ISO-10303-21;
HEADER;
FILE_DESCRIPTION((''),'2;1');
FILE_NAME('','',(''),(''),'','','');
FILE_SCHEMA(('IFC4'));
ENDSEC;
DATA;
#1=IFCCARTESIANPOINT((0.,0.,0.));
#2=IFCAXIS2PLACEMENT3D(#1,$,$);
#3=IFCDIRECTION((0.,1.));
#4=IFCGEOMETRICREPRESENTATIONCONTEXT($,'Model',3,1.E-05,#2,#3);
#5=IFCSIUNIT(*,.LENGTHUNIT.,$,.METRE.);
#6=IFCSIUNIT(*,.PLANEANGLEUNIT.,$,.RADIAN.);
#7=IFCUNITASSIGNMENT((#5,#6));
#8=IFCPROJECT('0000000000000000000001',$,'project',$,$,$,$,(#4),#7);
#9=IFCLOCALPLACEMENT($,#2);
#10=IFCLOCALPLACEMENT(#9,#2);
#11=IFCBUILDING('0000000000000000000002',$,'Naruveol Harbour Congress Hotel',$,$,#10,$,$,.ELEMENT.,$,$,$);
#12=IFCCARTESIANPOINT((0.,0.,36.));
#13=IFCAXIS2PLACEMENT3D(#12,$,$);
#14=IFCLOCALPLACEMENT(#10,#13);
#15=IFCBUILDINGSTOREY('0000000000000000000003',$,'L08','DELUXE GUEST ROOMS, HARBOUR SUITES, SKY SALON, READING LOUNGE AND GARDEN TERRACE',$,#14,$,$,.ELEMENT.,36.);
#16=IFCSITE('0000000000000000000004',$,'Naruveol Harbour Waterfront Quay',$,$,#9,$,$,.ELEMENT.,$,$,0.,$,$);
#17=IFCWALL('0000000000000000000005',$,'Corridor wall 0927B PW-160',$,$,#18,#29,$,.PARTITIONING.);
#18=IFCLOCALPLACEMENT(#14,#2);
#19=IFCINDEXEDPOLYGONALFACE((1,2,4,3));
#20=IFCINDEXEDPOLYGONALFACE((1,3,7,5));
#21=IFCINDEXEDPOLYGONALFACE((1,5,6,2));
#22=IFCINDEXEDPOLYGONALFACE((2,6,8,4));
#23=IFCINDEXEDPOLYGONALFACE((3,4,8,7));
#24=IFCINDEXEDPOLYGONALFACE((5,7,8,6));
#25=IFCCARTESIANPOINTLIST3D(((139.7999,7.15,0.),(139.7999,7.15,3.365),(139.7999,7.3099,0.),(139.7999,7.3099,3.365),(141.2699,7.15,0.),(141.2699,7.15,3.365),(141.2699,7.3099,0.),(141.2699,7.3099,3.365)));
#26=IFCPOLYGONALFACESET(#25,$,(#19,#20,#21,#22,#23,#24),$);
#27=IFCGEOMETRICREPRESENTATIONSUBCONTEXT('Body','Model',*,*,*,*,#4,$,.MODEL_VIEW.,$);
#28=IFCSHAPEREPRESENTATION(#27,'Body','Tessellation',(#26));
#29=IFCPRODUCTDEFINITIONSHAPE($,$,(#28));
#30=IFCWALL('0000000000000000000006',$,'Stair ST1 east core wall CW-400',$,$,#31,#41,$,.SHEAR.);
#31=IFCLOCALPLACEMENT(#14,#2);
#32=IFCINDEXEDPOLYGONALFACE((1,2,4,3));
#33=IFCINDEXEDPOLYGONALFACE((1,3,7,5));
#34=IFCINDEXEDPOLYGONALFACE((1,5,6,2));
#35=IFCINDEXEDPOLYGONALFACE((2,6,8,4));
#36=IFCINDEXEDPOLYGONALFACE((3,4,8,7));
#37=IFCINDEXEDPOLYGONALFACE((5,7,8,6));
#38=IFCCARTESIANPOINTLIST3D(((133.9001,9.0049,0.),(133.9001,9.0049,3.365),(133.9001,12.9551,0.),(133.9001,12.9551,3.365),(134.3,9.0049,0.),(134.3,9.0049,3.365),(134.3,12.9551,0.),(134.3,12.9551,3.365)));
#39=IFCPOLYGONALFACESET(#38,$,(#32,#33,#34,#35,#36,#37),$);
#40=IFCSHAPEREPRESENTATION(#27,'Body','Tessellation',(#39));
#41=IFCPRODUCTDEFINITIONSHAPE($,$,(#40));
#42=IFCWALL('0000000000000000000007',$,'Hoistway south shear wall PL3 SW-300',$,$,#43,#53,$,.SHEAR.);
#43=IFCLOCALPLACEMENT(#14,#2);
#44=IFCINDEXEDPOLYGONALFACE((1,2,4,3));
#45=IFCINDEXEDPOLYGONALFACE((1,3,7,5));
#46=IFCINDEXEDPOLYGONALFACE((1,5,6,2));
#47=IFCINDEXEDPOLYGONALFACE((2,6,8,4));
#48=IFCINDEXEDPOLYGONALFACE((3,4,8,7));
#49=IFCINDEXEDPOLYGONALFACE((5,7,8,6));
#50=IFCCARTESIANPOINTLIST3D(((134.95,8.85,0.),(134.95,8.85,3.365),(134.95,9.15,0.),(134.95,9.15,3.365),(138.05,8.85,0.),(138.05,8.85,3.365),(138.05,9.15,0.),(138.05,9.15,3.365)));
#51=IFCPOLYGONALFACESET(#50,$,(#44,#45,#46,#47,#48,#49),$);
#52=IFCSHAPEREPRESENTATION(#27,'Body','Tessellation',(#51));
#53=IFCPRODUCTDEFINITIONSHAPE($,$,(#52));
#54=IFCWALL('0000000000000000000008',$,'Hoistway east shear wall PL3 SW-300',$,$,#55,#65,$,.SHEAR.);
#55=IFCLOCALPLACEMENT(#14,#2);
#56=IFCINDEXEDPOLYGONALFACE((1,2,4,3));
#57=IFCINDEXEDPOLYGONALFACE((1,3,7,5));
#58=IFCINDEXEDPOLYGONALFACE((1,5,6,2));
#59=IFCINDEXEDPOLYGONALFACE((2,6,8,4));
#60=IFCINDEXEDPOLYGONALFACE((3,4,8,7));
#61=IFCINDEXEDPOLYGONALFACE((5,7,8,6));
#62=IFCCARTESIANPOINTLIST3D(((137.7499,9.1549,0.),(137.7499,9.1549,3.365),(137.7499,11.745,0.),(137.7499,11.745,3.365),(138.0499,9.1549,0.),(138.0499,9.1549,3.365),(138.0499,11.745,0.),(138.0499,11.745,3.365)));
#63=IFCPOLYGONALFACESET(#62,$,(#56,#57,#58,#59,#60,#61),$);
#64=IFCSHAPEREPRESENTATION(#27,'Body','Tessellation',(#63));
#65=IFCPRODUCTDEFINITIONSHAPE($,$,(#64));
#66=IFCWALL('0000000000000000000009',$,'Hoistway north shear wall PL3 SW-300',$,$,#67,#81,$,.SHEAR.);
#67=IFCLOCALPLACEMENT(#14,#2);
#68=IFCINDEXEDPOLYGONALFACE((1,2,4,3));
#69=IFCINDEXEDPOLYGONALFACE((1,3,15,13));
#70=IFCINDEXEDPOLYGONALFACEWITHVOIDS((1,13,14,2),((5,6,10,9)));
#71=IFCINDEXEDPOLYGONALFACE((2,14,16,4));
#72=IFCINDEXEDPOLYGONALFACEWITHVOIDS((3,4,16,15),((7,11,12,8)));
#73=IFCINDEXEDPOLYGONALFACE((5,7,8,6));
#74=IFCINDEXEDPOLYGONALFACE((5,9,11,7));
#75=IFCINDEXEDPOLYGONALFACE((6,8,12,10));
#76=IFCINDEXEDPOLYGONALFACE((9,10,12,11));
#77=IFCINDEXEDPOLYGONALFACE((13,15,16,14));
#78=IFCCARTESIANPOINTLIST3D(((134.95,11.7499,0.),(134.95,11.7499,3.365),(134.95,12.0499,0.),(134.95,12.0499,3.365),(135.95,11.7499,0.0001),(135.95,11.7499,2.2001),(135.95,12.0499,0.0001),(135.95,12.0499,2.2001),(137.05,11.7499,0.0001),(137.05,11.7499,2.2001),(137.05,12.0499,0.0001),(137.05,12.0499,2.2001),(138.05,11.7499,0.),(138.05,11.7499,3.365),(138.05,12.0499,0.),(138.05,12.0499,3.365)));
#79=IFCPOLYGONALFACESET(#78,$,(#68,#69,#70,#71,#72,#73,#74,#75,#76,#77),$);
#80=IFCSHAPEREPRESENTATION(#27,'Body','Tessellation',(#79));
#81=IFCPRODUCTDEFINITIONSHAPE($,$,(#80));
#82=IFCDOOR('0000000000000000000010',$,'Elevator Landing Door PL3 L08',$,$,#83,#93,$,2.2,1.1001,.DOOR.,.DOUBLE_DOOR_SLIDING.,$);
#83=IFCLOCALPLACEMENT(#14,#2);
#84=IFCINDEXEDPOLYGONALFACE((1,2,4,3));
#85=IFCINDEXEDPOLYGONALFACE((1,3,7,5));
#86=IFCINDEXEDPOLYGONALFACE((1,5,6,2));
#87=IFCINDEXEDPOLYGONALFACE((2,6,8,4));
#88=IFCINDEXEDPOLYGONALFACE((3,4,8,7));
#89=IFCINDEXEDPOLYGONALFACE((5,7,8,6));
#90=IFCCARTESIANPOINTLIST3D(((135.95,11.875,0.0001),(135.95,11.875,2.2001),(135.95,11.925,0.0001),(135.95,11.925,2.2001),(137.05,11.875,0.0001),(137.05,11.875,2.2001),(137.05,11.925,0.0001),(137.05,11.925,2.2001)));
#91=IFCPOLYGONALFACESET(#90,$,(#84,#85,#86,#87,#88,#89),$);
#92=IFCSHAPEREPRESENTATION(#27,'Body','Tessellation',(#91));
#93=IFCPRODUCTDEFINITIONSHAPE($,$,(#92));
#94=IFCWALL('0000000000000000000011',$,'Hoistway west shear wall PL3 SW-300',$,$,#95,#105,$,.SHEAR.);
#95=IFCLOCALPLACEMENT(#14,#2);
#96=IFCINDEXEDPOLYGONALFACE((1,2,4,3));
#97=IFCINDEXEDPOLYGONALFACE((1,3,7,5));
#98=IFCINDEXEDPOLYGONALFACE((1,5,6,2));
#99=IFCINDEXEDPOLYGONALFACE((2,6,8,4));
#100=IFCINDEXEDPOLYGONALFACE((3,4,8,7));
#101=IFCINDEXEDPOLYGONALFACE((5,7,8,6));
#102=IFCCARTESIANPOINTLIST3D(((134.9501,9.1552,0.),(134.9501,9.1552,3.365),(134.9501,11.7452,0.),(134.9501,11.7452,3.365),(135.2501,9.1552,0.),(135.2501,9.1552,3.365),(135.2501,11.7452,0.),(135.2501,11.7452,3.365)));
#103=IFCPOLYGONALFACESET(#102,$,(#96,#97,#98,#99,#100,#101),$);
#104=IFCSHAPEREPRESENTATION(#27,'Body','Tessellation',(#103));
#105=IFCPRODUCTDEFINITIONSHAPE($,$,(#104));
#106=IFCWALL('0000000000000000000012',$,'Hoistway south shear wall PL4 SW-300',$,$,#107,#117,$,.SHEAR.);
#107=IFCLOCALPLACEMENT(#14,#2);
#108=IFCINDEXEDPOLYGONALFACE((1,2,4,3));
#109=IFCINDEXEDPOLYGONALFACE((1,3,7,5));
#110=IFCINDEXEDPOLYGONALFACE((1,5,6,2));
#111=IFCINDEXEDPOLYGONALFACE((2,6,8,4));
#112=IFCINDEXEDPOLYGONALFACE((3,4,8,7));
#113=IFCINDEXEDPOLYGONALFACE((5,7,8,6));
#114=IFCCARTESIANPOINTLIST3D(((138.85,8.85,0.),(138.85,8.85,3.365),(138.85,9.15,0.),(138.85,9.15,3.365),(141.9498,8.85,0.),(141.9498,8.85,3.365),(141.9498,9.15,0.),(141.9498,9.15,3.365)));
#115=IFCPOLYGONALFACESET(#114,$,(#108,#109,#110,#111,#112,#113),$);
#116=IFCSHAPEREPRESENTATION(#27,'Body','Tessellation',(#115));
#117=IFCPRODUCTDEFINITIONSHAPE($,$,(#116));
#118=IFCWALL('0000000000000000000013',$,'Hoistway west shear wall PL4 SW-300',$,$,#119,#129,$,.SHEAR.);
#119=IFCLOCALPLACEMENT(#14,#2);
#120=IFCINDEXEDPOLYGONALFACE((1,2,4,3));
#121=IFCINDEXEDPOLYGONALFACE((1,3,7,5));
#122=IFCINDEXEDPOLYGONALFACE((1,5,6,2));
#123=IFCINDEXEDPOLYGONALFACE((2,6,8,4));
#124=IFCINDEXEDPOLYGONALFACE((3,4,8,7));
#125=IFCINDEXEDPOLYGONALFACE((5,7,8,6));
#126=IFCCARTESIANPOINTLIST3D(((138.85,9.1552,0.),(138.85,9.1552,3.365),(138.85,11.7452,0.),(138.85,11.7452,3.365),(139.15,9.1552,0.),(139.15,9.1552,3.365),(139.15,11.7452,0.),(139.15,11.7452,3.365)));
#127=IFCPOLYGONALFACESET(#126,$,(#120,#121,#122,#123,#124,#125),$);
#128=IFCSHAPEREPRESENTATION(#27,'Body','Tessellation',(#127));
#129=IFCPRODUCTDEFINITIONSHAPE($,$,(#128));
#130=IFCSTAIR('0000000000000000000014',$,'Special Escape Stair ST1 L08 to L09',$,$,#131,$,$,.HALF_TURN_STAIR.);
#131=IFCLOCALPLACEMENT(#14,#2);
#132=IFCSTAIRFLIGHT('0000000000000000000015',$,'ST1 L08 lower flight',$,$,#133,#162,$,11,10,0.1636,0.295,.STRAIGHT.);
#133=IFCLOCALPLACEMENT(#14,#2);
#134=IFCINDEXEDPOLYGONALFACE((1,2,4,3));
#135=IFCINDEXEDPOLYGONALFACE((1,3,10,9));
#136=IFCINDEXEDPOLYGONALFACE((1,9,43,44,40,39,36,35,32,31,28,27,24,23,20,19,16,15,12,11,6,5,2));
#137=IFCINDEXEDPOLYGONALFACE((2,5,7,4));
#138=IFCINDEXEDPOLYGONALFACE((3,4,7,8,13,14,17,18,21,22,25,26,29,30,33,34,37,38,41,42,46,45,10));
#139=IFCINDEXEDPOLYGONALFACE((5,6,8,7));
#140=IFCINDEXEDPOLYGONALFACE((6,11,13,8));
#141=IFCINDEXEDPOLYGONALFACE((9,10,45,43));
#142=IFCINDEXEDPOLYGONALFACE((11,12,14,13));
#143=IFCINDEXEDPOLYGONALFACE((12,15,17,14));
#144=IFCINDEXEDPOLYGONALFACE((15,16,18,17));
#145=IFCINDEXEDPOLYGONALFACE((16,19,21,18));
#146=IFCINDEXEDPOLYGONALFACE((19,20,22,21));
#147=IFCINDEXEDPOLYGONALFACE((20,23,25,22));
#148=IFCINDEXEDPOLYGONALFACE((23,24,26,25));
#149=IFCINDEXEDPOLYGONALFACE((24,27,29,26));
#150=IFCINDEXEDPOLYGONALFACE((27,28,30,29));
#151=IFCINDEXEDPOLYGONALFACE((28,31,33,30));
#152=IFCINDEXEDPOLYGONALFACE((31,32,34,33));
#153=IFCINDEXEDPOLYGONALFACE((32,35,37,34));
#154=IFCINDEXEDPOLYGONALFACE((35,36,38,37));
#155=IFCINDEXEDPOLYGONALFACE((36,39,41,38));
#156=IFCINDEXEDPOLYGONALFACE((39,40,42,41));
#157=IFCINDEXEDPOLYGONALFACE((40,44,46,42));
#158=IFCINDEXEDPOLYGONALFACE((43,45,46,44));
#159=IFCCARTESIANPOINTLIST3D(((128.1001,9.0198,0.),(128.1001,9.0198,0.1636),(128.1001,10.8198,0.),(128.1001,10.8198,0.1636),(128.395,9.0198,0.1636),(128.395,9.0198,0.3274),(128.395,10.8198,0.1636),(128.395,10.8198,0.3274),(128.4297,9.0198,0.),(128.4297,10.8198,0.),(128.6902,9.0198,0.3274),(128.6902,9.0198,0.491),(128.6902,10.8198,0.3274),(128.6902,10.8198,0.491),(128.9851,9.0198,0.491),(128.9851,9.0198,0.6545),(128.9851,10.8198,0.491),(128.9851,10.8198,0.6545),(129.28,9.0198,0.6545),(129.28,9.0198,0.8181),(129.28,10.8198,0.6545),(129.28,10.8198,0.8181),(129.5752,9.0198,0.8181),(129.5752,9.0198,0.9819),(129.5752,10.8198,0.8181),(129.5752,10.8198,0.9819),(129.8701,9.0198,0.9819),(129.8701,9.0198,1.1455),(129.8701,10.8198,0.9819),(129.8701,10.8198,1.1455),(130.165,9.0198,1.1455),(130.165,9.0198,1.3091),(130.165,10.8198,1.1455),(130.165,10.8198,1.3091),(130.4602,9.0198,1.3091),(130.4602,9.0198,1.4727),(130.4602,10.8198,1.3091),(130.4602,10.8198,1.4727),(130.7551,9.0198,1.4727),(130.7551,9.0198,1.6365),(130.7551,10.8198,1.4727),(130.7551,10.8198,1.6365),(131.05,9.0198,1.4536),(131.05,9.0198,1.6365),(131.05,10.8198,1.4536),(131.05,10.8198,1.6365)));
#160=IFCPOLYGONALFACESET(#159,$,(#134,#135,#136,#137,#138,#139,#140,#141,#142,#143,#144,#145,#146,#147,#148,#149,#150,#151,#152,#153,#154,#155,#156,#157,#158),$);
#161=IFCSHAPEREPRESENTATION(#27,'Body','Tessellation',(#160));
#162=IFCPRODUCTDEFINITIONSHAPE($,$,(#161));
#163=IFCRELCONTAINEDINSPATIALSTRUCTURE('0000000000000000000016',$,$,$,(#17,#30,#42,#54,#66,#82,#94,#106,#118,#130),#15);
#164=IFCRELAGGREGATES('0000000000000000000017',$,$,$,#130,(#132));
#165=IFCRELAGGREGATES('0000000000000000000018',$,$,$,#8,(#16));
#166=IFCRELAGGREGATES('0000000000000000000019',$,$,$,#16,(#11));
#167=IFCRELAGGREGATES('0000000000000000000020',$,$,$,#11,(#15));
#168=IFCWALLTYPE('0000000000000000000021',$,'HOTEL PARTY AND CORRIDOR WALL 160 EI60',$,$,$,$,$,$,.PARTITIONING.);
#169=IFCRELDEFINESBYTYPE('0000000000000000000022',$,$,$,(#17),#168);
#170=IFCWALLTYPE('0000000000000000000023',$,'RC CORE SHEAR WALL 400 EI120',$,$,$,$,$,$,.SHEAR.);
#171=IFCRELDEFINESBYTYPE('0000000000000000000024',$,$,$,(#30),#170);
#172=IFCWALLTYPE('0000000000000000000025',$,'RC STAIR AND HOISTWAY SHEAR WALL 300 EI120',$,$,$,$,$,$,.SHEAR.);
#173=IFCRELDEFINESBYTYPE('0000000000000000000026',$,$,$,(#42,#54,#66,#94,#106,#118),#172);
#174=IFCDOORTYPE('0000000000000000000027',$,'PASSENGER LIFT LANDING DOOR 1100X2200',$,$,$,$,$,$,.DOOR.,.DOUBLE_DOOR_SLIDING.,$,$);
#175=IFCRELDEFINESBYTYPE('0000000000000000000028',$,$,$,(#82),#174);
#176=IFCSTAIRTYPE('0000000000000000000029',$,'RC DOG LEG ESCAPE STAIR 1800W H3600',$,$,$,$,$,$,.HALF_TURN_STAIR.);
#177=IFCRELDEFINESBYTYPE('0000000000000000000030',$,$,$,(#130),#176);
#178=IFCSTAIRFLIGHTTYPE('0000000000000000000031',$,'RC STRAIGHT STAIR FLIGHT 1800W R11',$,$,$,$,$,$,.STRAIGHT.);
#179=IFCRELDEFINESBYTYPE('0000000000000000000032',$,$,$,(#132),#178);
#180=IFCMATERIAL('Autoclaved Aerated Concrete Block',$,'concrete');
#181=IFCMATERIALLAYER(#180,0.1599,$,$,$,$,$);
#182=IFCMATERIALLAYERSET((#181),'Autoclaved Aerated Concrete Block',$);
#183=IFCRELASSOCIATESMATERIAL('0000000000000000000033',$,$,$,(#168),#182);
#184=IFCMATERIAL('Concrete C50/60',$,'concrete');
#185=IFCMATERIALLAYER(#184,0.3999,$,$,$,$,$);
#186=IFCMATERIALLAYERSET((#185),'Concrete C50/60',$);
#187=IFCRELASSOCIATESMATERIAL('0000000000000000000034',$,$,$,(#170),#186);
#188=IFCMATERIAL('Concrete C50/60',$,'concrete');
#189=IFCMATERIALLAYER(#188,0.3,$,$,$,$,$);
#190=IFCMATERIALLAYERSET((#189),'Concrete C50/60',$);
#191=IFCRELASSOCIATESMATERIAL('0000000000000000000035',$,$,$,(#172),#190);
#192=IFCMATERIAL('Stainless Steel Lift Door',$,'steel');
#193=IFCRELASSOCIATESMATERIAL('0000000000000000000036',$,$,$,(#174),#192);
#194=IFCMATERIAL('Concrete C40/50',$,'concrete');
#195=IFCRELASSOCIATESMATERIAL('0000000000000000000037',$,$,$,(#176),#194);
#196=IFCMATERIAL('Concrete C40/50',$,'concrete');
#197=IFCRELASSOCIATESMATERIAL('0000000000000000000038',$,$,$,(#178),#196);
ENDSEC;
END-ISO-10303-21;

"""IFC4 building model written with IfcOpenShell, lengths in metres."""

from ifc_helpers import new_model, si_unit, direction, frame, frame_2d, origin, place, context, subcontext, project, spatial, polyline, rectangle, outline, extrude, material, layer, layer_set, type_object, element, fill, aggregate, save


model = new_model("IFC4")

# Units and contexts
model_context = context("Model", 3, precision=1e-05, world=origin(), true_north=direction((0.0, 1.0)))
body_context = subcontext(model_context, "Body", "Model", "MODEL_VIEW")
ifc_project = project(units=[si_unit("LENGTHUNIT", "METRE"), si_unit("PLANEANGLEUNIT", "RADIAN")], contexts=[model_context])

# Site, building, storey
site_placement = place(None, origin())
site = spatial("IfcSite", under=ifc_project, at=site_placement, Name="Naruveol Harbour Waterfront Quay", CompositionType="ELEMENT", RefElevation=0.0)
building_placement = place(site_placement, origin())
building = spatial("IfcBuilding", under=site, at=building_placement, Name="Naruveol Harbour Congress Hotel", CompositionType="ELEMENT")
storey_placement = place(building_placement, frame((0.0, 0.0, 36.0)))
storey = spatial("IfcBuildingStorey", under=building, at=storey_placement, Name="L08", Description="DELUXE GUEST ROOMS, HARBOUR SUITES, SKY SALON, READING LOUNGE AND GARDEN TERRACE", CompositionType="ELEMENT", Elevation=36.0)

# Shared definitions
ifc_material_1 = material(Name="Autoclaved Aerated Concrete Block", Category="concrete")
ifc_layer_1 = layer(ifc_material_1, 0.1599)
ifc_layer_set_1 = layer_set([ifc_layer_1], Name="Autoclaved Aerated Concrete Block")
wall_type_1 = type_object("IfcWallType", Name="HOTEL PARTY AND CORRIDOR WALL 160 EI60", PredefinedType="PARTITIONING", material=ifc_layer_set_1)

# Walls
wall_1_placement = place(storey_placement, frame((139.8, 7.23, 0.0), z_axis=(0.0, 0.0, 1.0), x_axis=(1.0, 0.0, 0.0)))
element("IfcWall", 1, at=wall_1_placement, inside=storey, type_object=wall_type_1, Name="Corridor wall 0927B PW-160", PredefinedType="PARTITIONING", context=body_context, shape_type="SweptSolid", body=[
    extrude(rectangle(XDim=1.47, YDim=0.1599, at=frame_2d((0.7349, 0.0))), origin(), (0.0, 0.0, 1.0), 3.365),
])
ifc_material_2 = material(Name="Concrete C50/60", Category="concrete")
ifc_layer_2 = layer(ifc_material_2, 0.3999)
ifc_layer_set_2 = layer_set([ifc_layer_2], Name="Concrete C50/60")
wall_type_2 = type_object("IfcWallType", Name="RC CORE SHEAR WALL 400 EI120", PredefinedType="SHEAR", material=ifc_layer_set_2)
wall_2_placement = place(storey_placement, frame((134.1001, 9.0049, 0.0), z_axis=(0.0, 0.0, 1.0), x_axis=(0.0, 1.0, 0.0)))
element("IfcWall", 2, at=wall_2_placement, inside=storey, type_object=wall_type_2, Name="Stair ST1 east core wall CW-400", PredefinedType="SHEAR", context=body_context, shape_type="SweptSolid", body=[
    extrude(rectangle(XDim=3.9502, YDim=0.3999, at=frame_2d((1.9751, 0.0))), origin(), (0.0, 0.0, 1.0), 3.365),
])
ifc_material_3 = material(Name="Concrete C50/60", Category="concrete")
ifc_layer_3 = layer(ifc_material_3, 0.3)
ifc_layer_set_3 = layer_set([ifc_layer_3], Name="Concrete C50/60")
wall_type_3 = type_object("IfcWallType", Name="RC STAIR AND HOISTWAY SHEAR WALL 300 EI120", PredefinedType="SHEAR", material=ifc_layer_set_3)
wall_3_placement = place(storey_placement, frame((134.95, 9.0, 0.0), z_axis=(0.0, 0.0, 1.0), x_axis=(1.0, 0.0, 0.0)))
element("IfcWall", 3, at=wall_3_placement, inside=storey, type_object=wall_type_3, Name="Hoistway south shear wall PL3 SW-300", PredefinedType="SHEAR", context=body_context, shape_type="SweptSolid", body=[
    extrude(rectangle(XDim=3.1001, YDim=0.3, at=frame_2d((1.55, 0.0))), origin(), (0.0, 0.0, 1.0), 3.365),
])
wall_4_placement = place(storey_placement, frame((137.8999, 9.155, 0.0), z_axis=(0.0, 0.0, 1.0), x_axis=(0.0, 1.0, 0.0)))
element("IfcWall", 4, at=wall_4_placement, inside=storey, type_object=wall_type_3, Name="Hoistway east shear wall PL3 SW-300", PredefinedType="SHEAR", context=body_context, shape_type="SweptSolid", body=[
    extrude(rectangle(XDim=2.5901, YDim=0.3, at=frame_2d((1.2949, 0.0))), origin(), (0.0, 0.0, 1.0), 3.365),
])

# Wall, opening, door
wall_5_placement = place(storey_placement, frame((138.05, 11.8999, 0.0), z_axis=(0.0, 0.0, 1.0), x_axis=(-1.0, 0.0, 0.0)))
wall_5 = element("IfcWall", 5, at=wall_5_placement, inside=storey, type_object=wall_type_3, Name="Hoistway north shear wall PL3 SW-300", PredefinedType="SHEAR", context=body_context, shape_type="SweptSolid", body=[
    extrude(rectangle(XDim=3.1001, YDim=0.3, at=frame_2d((1.55, 0.0))), origin(), (0.0, 0.0, 1.0), 3.365),
])
opening_1_placement = place(wall_5_placement, frame((1.0, 0.0, 0.0)))
opening_1 = element("IfcOpeningElement", 6, at=opening_1_placement, cuts=wall_5, PredefinedType="OPENING", context=body_context, shape_type="SweptSolid", body=[
    extrude(rectangle(XDim=1.1001, YDim=2.2, at=frame_2d((0.55, 1.1001))), frame((0.0, 0.1599, 0.0), z_axis=(0.0, -1.0, 0.0), x_axis=(1.0, 0.0, 0.0)), (0.0, 0.0, 1.0), 0.3201),
])
ifc_material_4 = material(Name="Stainless Steel Lift Door", Category="steel")
door_type_1 = type_object("IfcDoorType", Name="PASSENGER LIFT LANDING DOOR 1100X2200", OperationType="DOUBLE_DOOR_SLIDING", PredefinedType="DOOR", material=ifc_material_4)
door_1_placement = place(opening_1_placement, origin())
door_1 = element("IfcDoor", 7, at=door_1_placement, inside=storey, type_object=door_type_1, Name="Elevator Landing Door PL3 L08", OperationType="DOUBLE_DOOR_SLIDING", OverallHeight=2.2, OverallWidth=1.1001, PredefinedType="DOOR", context=body_context, shape_type="SweptSolid", body=[
    extrude(rectangle(XDim=1.1001, YDim=2.2, at=frame_2d((0.55, 1.1001))), frame((0.0, 0.0249, 0.0), z_axis=(0.0, -1.0, 0.0), x_axis=(1.0, 0.0, 0.0)), (0.0, 0.0, 1.0), 0.05),
])
fill(opening_1, door_1)

# Walls
wall_6_placement = place(storey_placement, frame((135.1001, 11.7451, 0.0), z_axis=(0.0, 0.0, 1.0), x_axis=(0.0, -1.0, 0.0)))
element("IfcWall", 8, at=wall_6_placement, inside=storey, type_object=wall_type_3, Name="Hoistway west shear wall PL3 SW-300", PredefinedType="SHEAR", context=body_context, shape_type="SweptSolid", body=[
    extrude(rectangle(XDim=2.5901, YDim=0.3, at=frame_2d((1.2949, 0.0))), origin(), (0.0, 0.0, 1.0), 3.365),
])
wall_7_placement = place(storey_placement, frame((138.8501, 9.0, 0.0), z_axis=(0.0, 0.0, 1.0), x_axis=(1.0, 0.0, 0.0)))
element("IfcWall", 9, at=wall_7_placement, inside=storey, type_object=wall_type_3, Name="Hoistway south shear wall PL4 SW-300", PredefinedType="SHEAR", context=body_context, shape_type="SweptSolid", body=[
    extrude(rectangle(XDim=3.0999, YDim=0.3, at=frame_2d((1.5498, 0.0))), origin(), (0.0, 0.0, 1.0), 3.365),
])
wall_8_placement = place(storey_placement, frame((139.0, 11.7451, 0.0), z_axis=(0.0, 0.0, 1.0), x_axis=(0.0, -1.0, 0.0)))
element("IfcWall", 10, at=wall_8_placement, inside=storey, type_object=wall_type_3, Name="Hoistway west shear wall PL4 SW-300", PredefinedType="SHEAR", context=body_context, shape_type="SweptSolid", body=[
    extrude(rectangle(XDim=2.5901, YDim=0.3, at=frame_2d((1.2949, 0.0))), origin(), (0.0, 0.0, 1.0), 3.365),
])

# Stair, stair flight
ifc_material_5 = material(Name="Concrete C40/50", Category="concrete")
stair_type = type_object("IfcStairType", Name="RC DOG LEG ESCAPE STAIR 1800W H3600", PredefinedType="HALF_TURN_STAIR", material=ifc_material_5)
stair_placement = place(storey_placement, origin())
stair = element("IfcStair", 11, at=stair_placement, inside=storey, type_object=stair_type, Name="Special Escape Stair ST1 L08 to L09", PredefinedType="HALF_TURN_STAIR")
ifc_material_6 = material(Name="Concrete C40/50", Category="concrete")
stair_flight_type = type_object("IfcStairFlightType", Name="RC STRAIGHT STAIR FLIGHT 1800W R11", PredefinedType="STRAIGHT", material=ifc_material_6)
stair_flight_1_placement = place(storey_placement, frame((128.1001, 9.9199, 0.0), z_axis=(0.0, 0.0, 1.0), x_axis=(1.0, 0.0, 0.0)))
stair_flight_1 = element("IfcStairFlight", 12, at=stair_flight_1_placement, type_object=stair_flight_type, Name="ST1 L08 lower flight", NumberOfRisers=11, NumberOfTreads=10, PredefinedType="STRAIGHT", RiserHeight=0.1636, TreadLength=0.295, context=body_context, shape_type="SweptSolid", body=[
    extrude(outline(polyline([(0.0, 0.0), (0.0, 0.1636), (0.2949, 0.1636), (0.2949, 0.3274), (0.5901, 0.3274), (0.5901, 0.491), (0.885, 0.491), (0.885, 0.6545), (1.1799, 0.6545), (1.1799, 0.8181), (1.4751, 0.8181), (1.4751, 0.9819), (1.77, 0.9819), (1.77, 1.1455), (2.0649, 1.1455), (2.0649, 1.3091), (2.3601, 1.3091), (2.3601, 1.4727), (2.655, 1.4727), (2.655, 1.6365), (2.95, 1.6365), (2.95, 1.8), (2.95, 1.4536), (0.3296, 0.0), (0.0, 0.0)])), frame((0.0, 0.8999, 0.0), z_axis=(0.0, -1.0, 0.0), x_axis=(1.0, 0.0, 0.0)), (0.0, 0.0, 1.0), 1.8),
])
aggregate(stair, [stair_flight_1])

save(model, "model.ifc")
